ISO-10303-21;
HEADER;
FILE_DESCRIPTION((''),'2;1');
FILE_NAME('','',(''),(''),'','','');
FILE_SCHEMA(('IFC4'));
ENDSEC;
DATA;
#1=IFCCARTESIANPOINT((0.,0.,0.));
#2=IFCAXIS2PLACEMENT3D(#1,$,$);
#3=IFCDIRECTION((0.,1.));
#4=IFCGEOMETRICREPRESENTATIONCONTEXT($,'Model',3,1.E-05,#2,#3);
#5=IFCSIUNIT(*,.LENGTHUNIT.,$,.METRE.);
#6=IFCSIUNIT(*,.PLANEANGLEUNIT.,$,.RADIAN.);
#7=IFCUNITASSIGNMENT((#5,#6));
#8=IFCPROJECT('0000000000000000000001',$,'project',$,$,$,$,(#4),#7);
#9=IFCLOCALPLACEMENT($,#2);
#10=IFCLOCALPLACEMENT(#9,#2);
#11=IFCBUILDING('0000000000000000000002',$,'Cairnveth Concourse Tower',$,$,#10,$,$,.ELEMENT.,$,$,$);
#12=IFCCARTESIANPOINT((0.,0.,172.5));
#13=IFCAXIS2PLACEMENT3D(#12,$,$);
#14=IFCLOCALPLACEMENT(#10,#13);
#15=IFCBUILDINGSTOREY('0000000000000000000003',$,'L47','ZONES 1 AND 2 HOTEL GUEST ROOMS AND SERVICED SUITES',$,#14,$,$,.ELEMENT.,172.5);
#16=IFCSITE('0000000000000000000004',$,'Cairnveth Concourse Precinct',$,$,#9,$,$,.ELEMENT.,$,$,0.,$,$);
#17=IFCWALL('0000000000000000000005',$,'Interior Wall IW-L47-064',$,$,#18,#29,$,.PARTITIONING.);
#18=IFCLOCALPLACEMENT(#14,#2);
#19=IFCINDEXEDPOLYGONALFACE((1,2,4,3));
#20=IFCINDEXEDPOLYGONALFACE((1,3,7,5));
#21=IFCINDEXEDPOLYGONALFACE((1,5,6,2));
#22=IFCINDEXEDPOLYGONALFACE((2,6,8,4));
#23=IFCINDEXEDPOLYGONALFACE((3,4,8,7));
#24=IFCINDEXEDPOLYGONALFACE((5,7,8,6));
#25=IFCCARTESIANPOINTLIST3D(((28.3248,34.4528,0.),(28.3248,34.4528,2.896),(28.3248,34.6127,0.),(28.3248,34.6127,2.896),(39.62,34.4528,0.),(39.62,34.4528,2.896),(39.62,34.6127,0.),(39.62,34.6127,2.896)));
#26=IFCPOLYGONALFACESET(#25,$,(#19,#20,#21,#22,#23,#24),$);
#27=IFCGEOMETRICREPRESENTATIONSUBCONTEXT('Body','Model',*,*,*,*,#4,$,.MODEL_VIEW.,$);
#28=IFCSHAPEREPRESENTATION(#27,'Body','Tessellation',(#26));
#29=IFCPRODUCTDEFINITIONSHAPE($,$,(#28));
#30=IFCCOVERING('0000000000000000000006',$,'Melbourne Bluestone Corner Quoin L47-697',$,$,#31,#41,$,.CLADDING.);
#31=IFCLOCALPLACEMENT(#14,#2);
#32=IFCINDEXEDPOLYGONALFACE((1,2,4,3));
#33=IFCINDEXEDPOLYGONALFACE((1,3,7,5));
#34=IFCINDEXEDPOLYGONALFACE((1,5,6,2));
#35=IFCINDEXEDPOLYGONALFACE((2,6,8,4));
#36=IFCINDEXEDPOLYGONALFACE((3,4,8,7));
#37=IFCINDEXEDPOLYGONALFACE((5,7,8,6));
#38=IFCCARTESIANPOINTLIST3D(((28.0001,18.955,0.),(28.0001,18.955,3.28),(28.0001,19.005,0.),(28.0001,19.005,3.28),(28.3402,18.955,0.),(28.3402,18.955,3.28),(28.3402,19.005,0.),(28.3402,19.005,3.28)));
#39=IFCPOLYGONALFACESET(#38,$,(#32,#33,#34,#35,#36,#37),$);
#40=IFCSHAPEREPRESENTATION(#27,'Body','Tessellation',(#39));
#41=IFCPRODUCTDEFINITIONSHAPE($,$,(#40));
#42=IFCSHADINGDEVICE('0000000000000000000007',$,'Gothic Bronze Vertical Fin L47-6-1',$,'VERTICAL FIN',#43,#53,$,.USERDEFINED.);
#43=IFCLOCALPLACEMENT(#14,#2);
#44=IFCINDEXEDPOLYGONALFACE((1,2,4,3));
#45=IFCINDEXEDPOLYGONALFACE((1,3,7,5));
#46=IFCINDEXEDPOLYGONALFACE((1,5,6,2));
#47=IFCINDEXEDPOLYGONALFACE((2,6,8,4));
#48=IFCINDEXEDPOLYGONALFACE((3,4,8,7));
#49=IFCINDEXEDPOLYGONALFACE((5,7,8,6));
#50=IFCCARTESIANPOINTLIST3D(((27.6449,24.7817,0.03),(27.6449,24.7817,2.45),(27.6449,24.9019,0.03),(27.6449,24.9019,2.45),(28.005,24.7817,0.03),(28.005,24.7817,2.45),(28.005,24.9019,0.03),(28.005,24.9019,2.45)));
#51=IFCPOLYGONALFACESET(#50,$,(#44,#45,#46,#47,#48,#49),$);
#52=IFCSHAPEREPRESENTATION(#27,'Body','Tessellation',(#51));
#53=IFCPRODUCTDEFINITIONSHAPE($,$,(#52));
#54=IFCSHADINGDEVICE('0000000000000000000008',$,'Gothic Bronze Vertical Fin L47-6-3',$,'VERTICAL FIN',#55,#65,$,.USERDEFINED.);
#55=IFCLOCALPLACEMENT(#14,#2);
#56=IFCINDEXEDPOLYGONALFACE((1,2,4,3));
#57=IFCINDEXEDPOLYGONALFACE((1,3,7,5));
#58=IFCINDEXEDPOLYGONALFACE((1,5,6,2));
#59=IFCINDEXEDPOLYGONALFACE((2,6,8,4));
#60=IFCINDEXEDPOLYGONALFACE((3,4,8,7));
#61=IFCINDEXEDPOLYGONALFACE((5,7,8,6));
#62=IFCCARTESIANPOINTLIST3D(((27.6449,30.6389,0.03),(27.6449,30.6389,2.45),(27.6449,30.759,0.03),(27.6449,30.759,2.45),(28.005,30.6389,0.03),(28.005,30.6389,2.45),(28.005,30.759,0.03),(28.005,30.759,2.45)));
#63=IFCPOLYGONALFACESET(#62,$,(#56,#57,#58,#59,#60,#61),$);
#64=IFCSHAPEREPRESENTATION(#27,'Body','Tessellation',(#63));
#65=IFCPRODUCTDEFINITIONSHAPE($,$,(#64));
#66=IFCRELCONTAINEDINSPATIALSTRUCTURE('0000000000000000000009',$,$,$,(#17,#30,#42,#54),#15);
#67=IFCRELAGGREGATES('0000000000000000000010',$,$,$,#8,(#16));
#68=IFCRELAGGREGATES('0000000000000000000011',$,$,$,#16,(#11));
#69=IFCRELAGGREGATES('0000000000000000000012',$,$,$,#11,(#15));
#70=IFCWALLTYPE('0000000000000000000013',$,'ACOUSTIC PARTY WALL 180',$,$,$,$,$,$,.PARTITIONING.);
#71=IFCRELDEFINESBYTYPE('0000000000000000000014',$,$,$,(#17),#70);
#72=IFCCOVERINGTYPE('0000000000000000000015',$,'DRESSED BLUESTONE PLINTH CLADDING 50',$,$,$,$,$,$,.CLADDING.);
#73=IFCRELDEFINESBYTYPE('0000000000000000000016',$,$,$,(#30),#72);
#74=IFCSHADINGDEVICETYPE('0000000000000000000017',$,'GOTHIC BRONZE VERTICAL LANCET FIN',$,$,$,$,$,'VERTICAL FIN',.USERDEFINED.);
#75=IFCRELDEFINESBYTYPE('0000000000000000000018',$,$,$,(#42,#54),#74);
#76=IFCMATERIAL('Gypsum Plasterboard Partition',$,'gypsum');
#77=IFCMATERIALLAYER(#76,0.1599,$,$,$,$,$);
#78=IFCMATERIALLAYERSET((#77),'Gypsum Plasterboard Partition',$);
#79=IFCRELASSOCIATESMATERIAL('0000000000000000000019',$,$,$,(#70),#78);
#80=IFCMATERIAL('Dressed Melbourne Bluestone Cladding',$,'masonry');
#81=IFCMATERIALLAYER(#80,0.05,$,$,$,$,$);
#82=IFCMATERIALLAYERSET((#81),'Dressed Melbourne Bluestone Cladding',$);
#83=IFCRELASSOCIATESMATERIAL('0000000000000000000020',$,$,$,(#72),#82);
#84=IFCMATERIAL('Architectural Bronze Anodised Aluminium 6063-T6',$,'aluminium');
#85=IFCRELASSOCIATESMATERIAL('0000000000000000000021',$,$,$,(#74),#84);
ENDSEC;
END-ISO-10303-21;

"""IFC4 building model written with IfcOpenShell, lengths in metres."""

from ifc_helpers import new_model, si_unit, direction, frame, frame_2d, origin, origin_2d, place, context, subcontext, project, spatial, rectangle, extrude, material, layer, layer_set, type_object, element, save


model = new_model("IFC4")

# Units and contexts
model_context = context("Model", 3, precision=1e-05, world=origin(), true_north=direction((0.0, 1.0)))
body_context = subcontext(model_context, "Body", "Model", "MODEL_VIEW")
ifc_project = project(units=[si_unit("LENGTHUNIT", "METRE"), si_unit("PLANEANGLEUNIT", "RADIAN")], contexts=[model_context])

# Site, building, storey
site_placement = place(None, origin())
site = spatial("IfcSite", under=ifc_project, at=site_placement, Name="Cairnveth Concourse Precinct", CompositionType="ELEMENT", RefElevation=0.0)
building_placement = place(site_placement, origin())
building = spatial("IfcBuilding", under=site, at=building_placement, Name="Cairnveth Concourse Tower", CompositionType="ELEMENT")
storey_placement = place(building_placement, frame((0.0, 0.0, 172.5)))
storey = spatial("IfcBuildingStorey", under=building, at=storey_placement, Name="L47", Description="ZONES 1 AND 2 HOTEL GUEST ROOMS AND SERVICED SUITES", CompositionType="ELEMENT", Elevation=172.5)

# Wall
ifc_material_1 = material(Name="Gypsum Plasterboard Partition", Category="gypsum")
ifc_layer_1 = layer(ifc_material_1, 0.1599)
ifc_layer_set_1 = layer_set([ifc_layer_1], Name="Gypsum Plasterboard Partition")
wall_type_1 = type_object("IfcWallType", Name="ACOUSTIC PARTY WALL 180", PredefinedType="PARTITIONING", material=ifc_layer_set_1)
for number, where, z_axis, x_axis, name in (
    (1, (28.325, 34.5327, 0.0), (0.0, 0.0, 1.0), (1.0, 0.0, 0.0), "Interior Wall IW-L47-064"),
):
    element("IfcWall", number, at=place(storey_placement, frame(where, z_axis=z_axis, x_axis=x_axis)), inside=storey, type_object=wall_type_1, Name=name, PredefinedType="PARTITIONING", context=body_context, shape_type="SweptSolid", body=[
        extrude(rectangle(XDim=11.2952, YDim=0.1599, at=frame_2d((5.6475, 0.0))), origin(), (0.0, 0.0, 1.0), 2.896),
    ])

# Covering
ifc_material_2 = material(Name="Dressed Melbourne Bluestone Cladding", Category="masonry")
ifc_layer_2 = layer(ifc_material_2, 0.05)
ifc_layer_set_2 = layer_set([ifc_layer_2], Name="Dressed Melbourne Bluestone Cladding")
covering_type = type_object("IfcCoveringType", Name="DRESSED BLUESTONE PLINTH CLADDING 50", PredefinedType="CLADDING", material=ifc_layer_set_2)
covering_placement = place(storey_placement, frame((28.3401, 18.98, 0.0), z_axis=(0.0, 0.0, 1.0), x_axis=(-1.0, 0.0, 0.0)))
element("IfcCovering", 2, at=covering_placement, inside=storey, type_object=covering_type, Name="Melbourne Bluestone Corner Quoin L47-697", PredefinedType="CLADDING", context=body_context, shape_type="SweptSolid", body=[
    extrude(rectangle(XDim=0.3401, YDim=0.05, at=frame_2d((0.1699, 0.0))), origin(), (0.0, 0.0, 1.0), 3.28),
])

# Shading devices
ifc_material_3 = material(Name="Architectural Bronze Anodised Aluminium 6063-T6", Category="aluminium")
shading_device_type = type_object("IfcShadingDeviceType", Name="GOTHIC BRONZE VERTICAL LANCET FIN", ElementType="VERTICAL FIN", PredefinedType="USERDEFINED", material=ifc_material_3)
for number, where, z_axis, x_axis, name in (
    (3, (27.825, 24.8418, 0.03), (0.0, 0.0, 1.0), (0.0, 1.0, 0.0), "Gothic Bronze Vertical Fin L47-6-1"),
    (4, (27.825, 30.699, 0.03), (0.0, 0.0, 1.0), (0.0, 1.0, 0.0), "Gothic Bronze Vertical Fin L47-6-3"),
):
    element("IfcShadingDevice", number, at=place(storey_placement, frame(where, z_axis=z_axis, x_axis=x_axis)), inside=storey, type_object=shading_device_type, Name=name, ObjectType="VERTICAL FIN", PredefinedType="USERDEFINED", context=body_context, shape_type="SweptSolid", body=[
        extrude(rectangle(XDim=0.1201, YDim=0.3601, at=origin_2d()), origin(), (0.0, 0.0, 1.0), 2.4199),
    ])

save(model, "model.ifc")
